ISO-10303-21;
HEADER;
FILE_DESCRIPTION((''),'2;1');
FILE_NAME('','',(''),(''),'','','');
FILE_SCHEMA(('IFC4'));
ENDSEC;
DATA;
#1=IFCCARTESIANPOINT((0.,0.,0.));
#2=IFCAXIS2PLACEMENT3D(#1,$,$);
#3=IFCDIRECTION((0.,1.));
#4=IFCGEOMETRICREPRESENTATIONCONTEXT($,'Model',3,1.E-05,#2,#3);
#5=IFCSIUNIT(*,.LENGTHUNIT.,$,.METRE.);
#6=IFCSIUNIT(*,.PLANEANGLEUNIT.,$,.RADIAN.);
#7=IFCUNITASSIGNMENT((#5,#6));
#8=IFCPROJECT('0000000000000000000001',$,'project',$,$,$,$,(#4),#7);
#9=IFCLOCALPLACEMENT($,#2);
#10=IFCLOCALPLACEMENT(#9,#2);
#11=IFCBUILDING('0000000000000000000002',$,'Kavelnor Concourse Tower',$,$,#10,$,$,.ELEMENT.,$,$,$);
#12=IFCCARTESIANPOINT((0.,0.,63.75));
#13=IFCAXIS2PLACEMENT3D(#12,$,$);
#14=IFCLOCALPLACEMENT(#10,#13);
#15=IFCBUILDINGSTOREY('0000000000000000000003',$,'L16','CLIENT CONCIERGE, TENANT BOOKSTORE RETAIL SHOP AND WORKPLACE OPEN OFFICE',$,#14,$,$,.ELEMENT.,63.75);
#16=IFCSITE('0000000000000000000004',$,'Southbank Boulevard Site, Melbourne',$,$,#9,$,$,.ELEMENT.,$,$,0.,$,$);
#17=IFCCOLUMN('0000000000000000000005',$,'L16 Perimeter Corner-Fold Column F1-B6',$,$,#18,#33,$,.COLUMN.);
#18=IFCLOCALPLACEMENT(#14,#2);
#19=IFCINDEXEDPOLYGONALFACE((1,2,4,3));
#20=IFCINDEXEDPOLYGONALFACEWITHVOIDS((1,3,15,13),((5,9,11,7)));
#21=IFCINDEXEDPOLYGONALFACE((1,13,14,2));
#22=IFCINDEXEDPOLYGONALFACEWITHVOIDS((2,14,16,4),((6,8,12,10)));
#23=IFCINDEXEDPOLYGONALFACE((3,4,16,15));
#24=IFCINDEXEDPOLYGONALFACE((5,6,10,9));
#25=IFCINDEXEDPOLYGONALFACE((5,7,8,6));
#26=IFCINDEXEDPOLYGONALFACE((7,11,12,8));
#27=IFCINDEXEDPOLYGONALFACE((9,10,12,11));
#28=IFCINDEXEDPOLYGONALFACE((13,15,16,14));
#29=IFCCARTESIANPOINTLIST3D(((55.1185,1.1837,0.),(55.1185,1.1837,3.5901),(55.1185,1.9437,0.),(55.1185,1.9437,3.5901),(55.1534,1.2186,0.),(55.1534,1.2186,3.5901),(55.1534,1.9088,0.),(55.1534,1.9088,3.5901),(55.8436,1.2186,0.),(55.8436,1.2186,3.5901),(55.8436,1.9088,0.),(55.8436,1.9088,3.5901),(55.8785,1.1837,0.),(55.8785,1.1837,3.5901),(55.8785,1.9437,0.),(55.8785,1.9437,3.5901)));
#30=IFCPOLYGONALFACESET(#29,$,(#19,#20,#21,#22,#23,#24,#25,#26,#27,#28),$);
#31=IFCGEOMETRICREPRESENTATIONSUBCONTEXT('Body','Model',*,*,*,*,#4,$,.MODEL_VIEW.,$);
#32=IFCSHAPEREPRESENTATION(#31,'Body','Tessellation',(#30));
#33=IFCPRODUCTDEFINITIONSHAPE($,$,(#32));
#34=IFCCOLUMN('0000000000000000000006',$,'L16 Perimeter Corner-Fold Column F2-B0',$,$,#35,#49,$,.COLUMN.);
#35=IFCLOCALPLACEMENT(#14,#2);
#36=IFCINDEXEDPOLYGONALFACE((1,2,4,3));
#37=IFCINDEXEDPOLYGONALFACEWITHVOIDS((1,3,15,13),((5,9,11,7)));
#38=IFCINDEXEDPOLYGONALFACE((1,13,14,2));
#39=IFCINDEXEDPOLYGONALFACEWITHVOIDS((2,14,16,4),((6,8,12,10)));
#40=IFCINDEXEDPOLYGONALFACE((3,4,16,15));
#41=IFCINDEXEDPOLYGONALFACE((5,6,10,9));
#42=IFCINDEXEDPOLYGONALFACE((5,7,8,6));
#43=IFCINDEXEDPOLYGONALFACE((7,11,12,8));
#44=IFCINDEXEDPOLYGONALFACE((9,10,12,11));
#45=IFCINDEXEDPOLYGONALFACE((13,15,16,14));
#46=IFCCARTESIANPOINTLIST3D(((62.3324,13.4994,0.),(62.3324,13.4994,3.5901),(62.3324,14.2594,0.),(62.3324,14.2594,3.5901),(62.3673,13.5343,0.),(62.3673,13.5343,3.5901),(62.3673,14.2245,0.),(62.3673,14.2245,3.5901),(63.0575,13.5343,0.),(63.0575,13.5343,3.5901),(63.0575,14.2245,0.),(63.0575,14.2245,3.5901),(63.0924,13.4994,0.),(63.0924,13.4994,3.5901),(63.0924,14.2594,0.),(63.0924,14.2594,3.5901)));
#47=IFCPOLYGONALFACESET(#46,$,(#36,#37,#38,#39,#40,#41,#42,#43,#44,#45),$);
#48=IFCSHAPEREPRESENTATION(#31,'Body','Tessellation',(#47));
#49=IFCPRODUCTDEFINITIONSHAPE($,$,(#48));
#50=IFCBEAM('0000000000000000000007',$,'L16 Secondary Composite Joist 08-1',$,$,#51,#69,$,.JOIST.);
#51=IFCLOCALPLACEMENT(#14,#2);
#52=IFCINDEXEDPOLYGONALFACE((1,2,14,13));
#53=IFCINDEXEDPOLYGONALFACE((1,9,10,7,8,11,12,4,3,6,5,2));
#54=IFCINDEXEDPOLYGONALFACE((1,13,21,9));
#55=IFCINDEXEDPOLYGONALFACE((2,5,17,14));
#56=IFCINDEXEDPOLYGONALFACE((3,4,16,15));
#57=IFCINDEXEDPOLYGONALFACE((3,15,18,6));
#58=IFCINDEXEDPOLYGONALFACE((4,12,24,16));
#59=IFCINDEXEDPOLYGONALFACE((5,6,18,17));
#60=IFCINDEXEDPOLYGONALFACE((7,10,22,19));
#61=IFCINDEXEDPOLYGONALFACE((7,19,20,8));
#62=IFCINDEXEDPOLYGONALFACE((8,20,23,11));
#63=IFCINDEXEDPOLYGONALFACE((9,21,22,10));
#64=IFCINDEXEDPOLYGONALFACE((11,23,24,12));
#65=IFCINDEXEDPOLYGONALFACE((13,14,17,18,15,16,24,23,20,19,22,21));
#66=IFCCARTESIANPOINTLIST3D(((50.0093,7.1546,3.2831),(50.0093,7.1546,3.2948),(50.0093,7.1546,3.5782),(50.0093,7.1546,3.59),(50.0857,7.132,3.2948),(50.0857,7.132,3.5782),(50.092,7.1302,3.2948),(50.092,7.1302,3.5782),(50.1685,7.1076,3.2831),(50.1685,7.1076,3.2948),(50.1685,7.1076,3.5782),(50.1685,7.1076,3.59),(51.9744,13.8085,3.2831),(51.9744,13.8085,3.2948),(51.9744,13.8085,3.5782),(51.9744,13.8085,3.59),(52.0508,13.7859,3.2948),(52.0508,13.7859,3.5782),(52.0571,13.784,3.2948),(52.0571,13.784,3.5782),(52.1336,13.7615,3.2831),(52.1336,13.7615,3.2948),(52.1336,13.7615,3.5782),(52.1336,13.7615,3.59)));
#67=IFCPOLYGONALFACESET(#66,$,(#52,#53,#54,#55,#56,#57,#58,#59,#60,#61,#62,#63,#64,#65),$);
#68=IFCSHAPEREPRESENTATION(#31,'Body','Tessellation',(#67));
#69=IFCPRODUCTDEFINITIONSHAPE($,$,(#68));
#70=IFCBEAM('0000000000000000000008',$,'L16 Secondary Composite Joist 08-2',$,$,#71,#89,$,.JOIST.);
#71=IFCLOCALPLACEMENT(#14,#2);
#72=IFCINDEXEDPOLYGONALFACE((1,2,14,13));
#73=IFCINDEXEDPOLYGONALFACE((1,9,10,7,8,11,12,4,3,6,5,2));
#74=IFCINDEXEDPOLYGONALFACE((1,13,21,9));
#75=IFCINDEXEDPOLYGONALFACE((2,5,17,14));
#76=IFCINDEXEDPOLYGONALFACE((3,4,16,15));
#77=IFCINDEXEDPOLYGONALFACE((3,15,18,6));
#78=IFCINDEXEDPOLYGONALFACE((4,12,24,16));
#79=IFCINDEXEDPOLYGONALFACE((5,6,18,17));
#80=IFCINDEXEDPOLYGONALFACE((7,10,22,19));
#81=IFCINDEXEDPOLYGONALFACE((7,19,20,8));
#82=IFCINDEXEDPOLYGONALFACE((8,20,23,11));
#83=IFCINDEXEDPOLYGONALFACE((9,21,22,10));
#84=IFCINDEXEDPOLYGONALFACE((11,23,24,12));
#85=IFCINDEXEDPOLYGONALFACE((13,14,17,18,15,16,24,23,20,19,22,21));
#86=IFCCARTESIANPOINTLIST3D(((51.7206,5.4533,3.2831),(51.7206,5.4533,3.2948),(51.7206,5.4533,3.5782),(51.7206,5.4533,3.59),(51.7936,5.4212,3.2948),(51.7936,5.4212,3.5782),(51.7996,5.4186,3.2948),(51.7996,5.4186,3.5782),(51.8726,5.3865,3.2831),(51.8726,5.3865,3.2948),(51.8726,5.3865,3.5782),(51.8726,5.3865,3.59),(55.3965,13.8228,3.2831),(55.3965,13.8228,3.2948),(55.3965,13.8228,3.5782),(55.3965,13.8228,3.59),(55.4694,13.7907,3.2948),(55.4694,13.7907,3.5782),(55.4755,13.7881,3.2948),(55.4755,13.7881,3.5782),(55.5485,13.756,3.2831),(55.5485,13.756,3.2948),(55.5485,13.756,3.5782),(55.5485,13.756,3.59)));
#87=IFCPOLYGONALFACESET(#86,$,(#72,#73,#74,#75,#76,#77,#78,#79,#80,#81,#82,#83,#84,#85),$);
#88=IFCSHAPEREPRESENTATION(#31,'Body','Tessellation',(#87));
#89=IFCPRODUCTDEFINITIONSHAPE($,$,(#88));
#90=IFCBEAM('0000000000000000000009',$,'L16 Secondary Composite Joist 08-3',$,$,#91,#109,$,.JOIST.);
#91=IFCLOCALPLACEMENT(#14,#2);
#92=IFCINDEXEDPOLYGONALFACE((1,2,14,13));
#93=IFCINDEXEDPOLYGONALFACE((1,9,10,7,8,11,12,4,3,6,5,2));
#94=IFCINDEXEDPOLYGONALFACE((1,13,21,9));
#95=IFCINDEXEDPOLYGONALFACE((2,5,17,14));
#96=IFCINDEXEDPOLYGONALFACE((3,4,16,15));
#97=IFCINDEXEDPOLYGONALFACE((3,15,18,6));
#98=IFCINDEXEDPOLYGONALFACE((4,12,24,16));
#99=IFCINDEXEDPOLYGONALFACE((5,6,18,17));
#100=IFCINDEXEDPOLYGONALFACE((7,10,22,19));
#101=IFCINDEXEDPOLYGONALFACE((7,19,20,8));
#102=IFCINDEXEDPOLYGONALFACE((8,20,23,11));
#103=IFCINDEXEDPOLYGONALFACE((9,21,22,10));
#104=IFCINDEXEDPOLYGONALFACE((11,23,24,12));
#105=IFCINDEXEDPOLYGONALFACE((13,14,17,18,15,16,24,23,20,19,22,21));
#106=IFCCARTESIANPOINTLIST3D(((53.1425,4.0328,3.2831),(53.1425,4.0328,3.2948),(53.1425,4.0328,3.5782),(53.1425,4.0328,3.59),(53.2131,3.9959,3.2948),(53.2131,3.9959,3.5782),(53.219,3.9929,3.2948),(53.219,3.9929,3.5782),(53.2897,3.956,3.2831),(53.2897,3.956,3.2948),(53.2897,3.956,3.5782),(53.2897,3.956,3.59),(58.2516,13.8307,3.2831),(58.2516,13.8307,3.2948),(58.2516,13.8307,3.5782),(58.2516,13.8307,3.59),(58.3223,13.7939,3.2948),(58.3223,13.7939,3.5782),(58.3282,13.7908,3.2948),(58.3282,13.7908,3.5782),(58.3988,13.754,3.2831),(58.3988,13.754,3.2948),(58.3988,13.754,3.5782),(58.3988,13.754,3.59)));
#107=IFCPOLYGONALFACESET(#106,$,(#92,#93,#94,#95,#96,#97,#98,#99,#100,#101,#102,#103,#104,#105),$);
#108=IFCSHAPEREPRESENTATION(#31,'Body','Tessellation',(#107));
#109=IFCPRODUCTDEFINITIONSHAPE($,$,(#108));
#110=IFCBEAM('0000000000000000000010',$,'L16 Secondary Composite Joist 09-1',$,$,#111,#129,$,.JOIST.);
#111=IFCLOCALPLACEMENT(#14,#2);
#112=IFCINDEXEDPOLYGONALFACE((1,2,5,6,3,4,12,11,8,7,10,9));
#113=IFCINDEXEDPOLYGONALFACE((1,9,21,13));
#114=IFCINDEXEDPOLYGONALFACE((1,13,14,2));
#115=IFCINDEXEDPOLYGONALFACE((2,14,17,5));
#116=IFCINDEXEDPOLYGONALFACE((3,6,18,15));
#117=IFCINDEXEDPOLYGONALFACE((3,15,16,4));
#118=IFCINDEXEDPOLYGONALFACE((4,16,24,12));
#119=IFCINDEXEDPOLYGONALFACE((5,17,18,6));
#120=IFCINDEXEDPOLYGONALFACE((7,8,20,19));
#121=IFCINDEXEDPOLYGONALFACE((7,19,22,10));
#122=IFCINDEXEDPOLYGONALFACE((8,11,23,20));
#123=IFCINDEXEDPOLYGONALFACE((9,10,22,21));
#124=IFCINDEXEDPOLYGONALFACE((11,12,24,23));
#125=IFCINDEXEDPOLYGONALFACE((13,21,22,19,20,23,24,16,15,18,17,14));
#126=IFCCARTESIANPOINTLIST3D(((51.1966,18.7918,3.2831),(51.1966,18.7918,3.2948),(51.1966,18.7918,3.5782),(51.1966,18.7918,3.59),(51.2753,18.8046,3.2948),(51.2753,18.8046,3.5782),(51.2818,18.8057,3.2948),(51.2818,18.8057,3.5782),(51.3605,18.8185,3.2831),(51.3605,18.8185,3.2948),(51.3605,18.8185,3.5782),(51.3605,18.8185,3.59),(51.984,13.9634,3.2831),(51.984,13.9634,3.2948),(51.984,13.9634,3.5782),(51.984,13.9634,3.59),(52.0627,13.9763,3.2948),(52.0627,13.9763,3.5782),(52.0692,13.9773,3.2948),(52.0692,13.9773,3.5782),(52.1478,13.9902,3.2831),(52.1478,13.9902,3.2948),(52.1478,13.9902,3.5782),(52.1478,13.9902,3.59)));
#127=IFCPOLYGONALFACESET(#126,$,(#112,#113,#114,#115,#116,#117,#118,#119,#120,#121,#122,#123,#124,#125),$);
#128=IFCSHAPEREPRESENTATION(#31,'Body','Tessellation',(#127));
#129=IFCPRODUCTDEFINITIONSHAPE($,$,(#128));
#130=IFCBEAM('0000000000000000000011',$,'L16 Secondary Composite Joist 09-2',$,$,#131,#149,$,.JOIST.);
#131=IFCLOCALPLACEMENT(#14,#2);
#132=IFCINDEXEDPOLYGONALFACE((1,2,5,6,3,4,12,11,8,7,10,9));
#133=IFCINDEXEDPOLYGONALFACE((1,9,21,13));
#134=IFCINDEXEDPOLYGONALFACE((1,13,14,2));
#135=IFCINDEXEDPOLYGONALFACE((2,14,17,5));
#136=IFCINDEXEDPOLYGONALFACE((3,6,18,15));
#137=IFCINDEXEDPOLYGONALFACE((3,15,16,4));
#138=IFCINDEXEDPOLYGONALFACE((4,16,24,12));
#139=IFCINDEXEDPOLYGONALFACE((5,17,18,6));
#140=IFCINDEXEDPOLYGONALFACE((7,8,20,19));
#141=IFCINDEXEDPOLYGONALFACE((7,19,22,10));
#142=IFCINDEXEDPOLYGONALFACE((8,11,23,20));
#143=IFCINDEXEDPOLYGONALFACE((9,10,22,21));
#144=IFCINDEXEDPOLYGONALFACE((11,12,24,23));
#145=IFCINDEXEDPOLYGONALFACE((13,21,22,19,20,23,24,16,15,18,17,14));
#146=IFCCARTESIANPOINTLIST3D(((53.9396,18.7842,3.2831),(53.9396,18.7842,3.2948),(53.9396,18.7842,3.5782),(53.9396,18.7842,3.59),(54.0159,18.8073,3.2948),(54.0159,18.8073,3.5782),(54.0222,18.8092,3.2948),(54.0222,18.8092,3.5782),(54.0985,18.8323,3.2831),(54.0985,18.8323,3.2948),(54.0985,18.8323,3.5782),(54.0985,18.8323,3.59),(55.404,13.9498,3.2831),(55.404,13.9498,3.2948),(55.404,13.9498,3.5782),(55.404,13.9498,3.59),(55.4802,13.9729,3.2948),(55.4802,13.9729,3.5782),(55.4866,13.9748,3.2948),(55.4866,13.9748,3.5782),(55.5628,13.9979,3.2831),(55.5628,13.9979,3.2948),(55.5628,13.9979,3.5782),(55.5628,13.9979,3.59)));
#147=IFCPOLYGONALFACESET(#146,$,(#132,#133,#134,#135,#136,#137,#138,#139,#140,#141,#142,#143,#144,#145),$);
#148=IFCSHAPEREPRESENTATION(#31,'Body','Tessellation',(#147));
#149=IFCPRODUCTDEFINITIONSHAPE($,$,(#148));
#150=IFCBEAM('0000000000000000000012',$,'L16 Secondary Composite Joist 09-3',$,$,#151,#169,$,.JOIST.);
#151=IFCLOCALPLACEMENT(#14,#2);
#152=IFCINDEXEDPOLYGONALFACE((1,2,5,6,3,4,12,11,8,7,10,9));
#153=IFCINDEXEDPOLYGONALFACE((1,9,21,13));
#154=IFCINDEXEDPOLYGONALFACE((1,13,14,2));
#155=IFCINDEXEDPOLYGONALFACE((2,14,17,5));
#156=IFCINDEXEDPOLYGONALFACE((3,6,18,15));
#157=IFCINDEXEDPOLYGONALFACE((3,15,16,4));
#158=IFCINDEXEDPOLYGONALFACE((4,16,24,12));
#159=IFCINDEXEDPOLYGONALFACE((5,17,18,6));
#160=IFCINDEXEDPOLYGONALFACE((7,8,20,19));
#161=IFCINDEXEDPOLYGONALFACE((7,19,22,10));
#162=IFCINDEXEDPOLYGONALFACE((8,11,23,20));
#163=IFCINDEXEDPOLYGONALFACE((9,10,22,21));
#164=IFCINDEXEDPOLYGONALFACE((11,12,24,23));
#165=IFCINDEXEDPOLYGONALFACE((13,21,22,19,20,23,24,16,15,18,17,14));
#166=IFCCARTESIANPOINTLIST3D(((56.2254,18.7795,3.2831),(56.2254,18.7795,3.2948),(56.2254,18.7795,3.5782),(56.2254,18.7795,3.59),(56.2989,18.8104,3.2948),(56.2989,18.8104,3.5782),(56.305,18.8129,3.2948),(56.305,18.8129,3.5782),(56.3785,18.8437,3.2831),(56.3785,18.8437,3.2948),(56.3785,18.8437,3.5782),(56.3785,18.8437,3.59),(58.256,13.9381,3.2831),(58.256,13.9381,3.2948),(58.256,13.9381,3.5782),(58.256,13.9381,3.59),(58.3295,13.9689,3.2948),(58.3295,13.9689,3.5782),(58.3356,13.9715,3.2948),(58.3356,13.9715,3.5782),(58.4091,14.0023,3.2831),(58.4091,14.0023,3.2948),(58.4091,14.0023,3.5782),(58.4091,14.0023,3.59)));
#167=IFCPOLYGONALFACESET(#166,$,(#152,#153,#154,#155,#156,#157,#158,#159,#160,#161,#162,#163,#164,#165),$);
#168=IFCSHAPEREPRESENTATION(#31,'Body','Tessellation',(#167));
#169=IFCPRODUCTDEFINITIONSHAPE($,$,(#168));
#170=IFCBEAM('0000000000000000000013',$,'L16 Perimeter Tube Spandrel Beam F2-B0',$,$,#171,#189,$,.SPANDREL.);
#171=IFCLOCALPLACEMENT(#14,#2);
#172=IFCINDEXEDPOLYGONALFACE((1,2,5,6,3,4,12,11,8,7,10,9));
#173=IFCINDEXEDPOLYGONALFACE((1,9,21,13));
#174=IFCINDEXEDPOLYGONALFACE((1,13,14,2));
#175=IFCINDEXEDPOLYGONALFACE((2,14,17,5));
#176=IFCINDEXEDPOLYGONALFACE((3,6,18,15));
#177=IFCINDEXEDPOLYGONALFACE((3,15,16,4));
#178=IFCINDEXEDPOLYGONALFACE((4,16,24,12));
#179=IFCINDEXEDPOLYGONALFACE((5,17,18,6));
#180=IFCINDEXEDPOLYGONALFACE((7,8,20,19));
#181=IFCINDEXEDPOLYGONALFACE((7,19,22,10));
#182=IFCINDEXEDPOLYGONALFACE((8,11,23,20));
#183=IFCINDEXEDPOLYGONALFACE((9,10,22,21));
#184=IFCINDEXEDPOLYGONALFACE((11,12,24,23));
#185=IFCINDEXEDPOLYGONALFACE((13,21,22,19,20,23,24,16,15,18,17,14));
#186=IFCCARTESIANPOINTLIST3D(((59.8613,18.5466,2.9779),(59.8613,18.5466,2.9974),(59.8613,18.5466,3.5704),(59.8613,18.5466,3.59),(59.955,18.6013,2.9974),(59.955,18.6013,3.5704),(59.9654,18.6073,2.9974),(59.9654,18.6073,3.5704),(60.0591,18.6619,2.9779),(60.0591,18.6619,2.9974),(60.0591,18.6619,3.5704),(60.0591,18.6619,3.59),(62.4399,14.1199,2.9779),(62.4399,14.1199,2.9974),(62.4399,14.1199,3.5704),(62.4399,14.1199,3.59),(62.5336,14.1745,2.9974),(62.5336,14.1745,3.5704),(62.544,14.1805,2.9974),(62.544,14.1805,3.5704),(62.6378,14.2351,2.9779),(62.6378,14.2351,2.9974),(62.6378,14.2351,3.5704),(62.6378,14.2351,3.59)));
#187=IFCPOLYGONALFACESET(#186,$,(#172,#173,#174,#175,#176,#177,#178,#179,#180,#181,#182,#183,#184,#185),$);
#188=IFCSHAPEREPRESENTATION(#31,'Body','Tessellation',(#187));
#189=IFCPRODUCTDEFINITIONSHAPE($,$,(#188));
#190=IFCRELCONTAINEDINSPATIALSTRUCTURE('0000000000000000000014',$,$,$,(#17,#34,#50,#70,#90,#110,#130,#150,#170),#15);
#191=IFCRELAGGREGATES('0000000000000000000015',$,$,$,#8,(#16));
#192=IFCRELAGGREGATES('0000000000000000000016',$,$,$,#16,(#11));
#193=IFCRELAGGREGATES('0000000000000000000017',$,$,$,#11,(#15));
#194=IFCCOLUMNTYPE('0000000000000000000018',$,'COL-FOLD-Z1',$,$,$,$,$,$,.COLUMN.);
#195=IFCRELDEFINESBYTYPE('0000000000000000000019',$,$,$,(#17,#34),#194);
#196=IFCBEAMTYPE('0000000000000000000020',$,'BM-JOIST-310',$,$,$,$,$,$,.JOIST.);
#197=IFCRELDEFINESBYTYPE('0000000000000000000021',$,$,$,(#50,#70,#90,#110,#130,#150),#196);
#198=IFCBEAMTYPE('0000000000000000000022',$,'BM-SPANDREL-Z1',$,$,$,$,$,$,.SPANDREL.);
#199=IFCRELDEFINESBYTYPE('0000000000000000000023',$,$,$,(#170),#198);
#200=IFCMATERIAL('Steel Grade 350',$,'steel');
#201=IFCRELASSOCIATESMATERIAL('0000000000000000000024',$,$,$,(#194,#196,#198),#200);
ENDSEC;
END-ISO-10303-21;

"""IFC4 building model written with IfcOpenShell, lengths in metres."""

from ifc_helpers import new_model, si_unit, direction, frame, origin, origin_2d, place, context, subcontext, project, spatial, hollow_rectangle, i_section, extrude, material, material_profile, profile_set, type_object, element, save


model = new_model("IFC4")

# Units and contexts
model_context = context("Model", 3, precision=1e-05, world=origin(), true_north=direction((0.0, 1.0)))
body_context = subcontext(model_context, "Body", "Model", "MODEL_VIEW")
ifc_project = project(units=[si_unit("LENGTHUNIT", "METRE"), si_unit("PLANEANGLEUNIT", "RADIAN")], contexts=[model_context])

# Site, building, storey
site_placement = place(None, origin())
site = spatial("IfcSite", under=ifc_project, at=site_placement, Name="Southbank Boulevard Site, Melbourne", CompositionType="ELEMENT", RefElevation=0.0)
building_placement = place(site_placement, origin())
building = spatial("IfcBuilding", under=site, at=building_placement, Name="Kavelnor Concourse Tower", CompositionType="ELEMENT")
storey_placement = place(building_placement, frame((0.0, 0.0, 63.75)))
storey = spatial("IfcBuildingStorey", under=building, at=storey_placement, Name="L16", Description="CLIENT CONCIERGE, TENANT BOOKSTORE RETAIL SHOP AND WORKPLACE OPEN OFFICE", CompositionType="ELEMENT", Elevation=63.75)

# Columns
ifc_material_1 = material(Name="Steel Grade 350", Category="steel")
ifc_material_profile_1 = material_profile(ifc_material_1, hollow_rectangle(XDim=0.76, YDim=0.76, WallThickness=0.0349, at=origin_2d()), Name="SHS 760x760x35")
ifc_profile_set_1 = profile_set([ifc_material_profile_1], Name="Steel Grade 350")
column_type = type_object("IfcColumnType", Name="COL-FOLD-Z1", PredefinedType="COLUMN", material=ifc_profile_set_1)
for number, where, z_axis, x_axis, name in (
    (1, (55.4985, 1.5637, 0.0), (0.0, 0.0, 1.0), (1.0, 0.0, 0.0), "L16 Perimeter Corner-Fold Column F1-B6"),
    (2, (62.7124, 13.8794, 0.0), (0.0, 0.0, 1.0), (1.0, 0.0, 0.0), "L16 Perimeter Corner-Fold Column F2-B0"),
):
    element("IfcColumn", number, at=place(storey_placement, frame(where, z_axis=z_axis, x_axis=x_axis)), inside=storey, type_object=column_type, Name=name, PredefinedType="COLUMN", context=body_context, shape_type="SweptSolid", body=[
        extrude(hollow_rectangle(XDim=0.76, YDim=0.76, WallThickness=0.0349, at=origin_2d()), origin(), (0.0, 0.0, 1.0), 3.5901),
    ])

# Beams
ifc_material_profile_2 = material_profile(ifc_material_1, i_section(OverallWidth=0.166, OverallDepth=0.3069, WebThickness=0.0066, FlangeThickness=0.0117, at=origin_2d()), Name="310UB46")
ifc_profile_set_2 = profile_set([ifc_material_profile_2], Name="Steel Grade 350")
beam_type_1 = type_object("IfcBeamType", Name="BM-JOIST-310", PredefinedType="JOIST", material=ifc_profile_set_2)
beam_1_placement = place(storey_placement, frame((50.0889, 7.1311, 3.4365), z_axis=(0.283239, 0.959049, 0.0), x_axis=(-0.959049, 0.283239, 0.0)))
element("IfcBeam", 3, at=beam_1_placement, inside=storey, type_object=beam_type_1, Name="L16 Secondary Composite Joist 08-1", PredefinedType="JOIST", context=body_context, shape_type="SweptSolid", body=[
    extrude(i_section(OverallWidth=0.166, OverallDepth=0.3069, WebThickness=0.0066, FlangeThickness=0.0117, at=origin_2d()), origin(), (0.0, 0.0, 1.0), 6.938),
])
beam_2_placement = place(storey_placement, frame((51.7966, 5.4199, 3.4365), z_axis=(0.40212, 0.915587, 0.0), x_axis=(-0.915587, 0.40212, 0.0)))
element("IfcBeam", 4, at=beam_2_placement, inside=storey, type_object=beam_type_1, Name="L16 Secondary Composite Joist 08-2", PredefinedType="JOIST", context=body_context, shape_type="SweptSolid", body=[
    extrude(i_section(OverallWidth=0.166, OverallDepth=0.3069, WebThickness=0.0066, FlangeThickness=0.0117, at=origin_2d()), origin(), (0.0, 0.0, 1.0), 9.1411),
])
beam_3_placement = place(storey_placement, frame((53.2161, 3.9944, 3.4365), z_axis=(0.462367, 0.886688, 0.0), x_axis=(-0.886688, 0.462367, 0.0)))
element("IfcBeam", 5, at=beam_3_placement, inside=storey, type_object=beam_type_1, Name="L16 Secondary Composite Joist 08-3", PredefinedType="JOIST", context=body_context, shape_type="SweptSolid", body=[
    extrude(i_section(OverallWidth=0.166, OverallDepth=0.3069, WebThickness=0.0066, FlangeThickness=0.0117, at=origin_2d()), origin(), (0.0, 0.0, 1.0), 11.05),
])
beam_4_placement = place(storey_placement, frame((52.0659, 13.9768, 3.4365), z_axis=(-0.160942, 0.986964, 0.0), x_axis=(-0.986964, -0.160942, 0.0)))
element("IfcBeam", 6, at=beam_4_placement, inside=storey, type_object=beam_type_1, Name="L16 Secondary Composite Joist 09-1", PredefinedType="JOIST", context=body_context, shape_type="SweptSolid", body=[
    extrude(i_section(OverallWidth=0.166, OverallDepth=0.3069, WebThickness=0.0066, FlangeThickness=0.0117, at=origin_2d()), origin(), (0.0, 0.0, 1.0), 4.8921),
])
beam_5_placement = place(storey_placement, frame((55.4834, 13.9739, 3.4365), z_axis=(-0.289905, 0.957055, 0.0), x_axis=(-0.957055, -0.289905, 0.0)))
element("IfcBeam", 7, at=beam_5_placement, inside=storey, type_object=beam_type_1, Name="L16 Secondary Composite Joist 09-2", PredefinedType="JOIST", context=body_context, shape_type="SweptSolid", body=[
    extrude(i_section(OverallWidth=0.166, OverallDepth=0.3069, WebThickness=0.0066, FlangeThickness=0.0117, at=origin_2d()), origin(), (0.0, 0.0, 1.0), 5.0513),
])
beam_6_placement = place(storey_placement, frame((58.3325, 13.9702, 3.4365), z_axis=(-0.386774, 0.922175, 0.0), x_axis=(-0.922175, -0.386774, 0.0)))
element("IfcBeam", 8, at=beam_6_placement, inside=storey, type_object=beam_type_1, Name="L16 Secondary Composite Joist 09-3", PredefinedType="JOIST", context=body_context, shape_type="SweptSolid", body=[
    extrude(i_section(OverallWidth=0.166, OverallDepth=0.3069, WebThickness=0.0066, FlangeThickness=0.0117, at=origin_2d()), origin(), (0.0, 0.0, 1.0), 5.25),
])
ifc_material_profile_3 = material_profile(ifc_material_1, i_section(OverallWidth=0.229, OverallDepth=0.6121, WebThickness=0.012, FlangeThickness=0.0195, at=origin_2d()), Name="610UB125")
ifc_profile_set_3 = profile_set([ifc_material_profile_3], Name="Steel Grade 350")
beam_type_2 = type_object("IfcBeamType", Name="BM-SPANDREL-Z1", PredefinedType="SPANDREL", material=ifc_profile_set_3)
beam_7_placement = place(storey_placement, frame((62.5388, 14.1775, 3.2839), z_axis=(-0.503338, 0.86409, 0.0), x_axis=(-0.86409, -0.503338, 0.0)))
element("IfcBeam", 9, at=beam_7_placement, inside=storey, type_object=beam_type_2, Name="L16 Perimeter Tube Spandrel Beam F2-B0", PredefinedType="SPANDREL", context=body_context, shape_type="SweptSolid", body=[
    extrude(i_section(OverallWidth=0.229, OverallDepth=0.6121, WebThickness=0.012, FlangeThickness=0.0195, at=origin_2d()), origin(), (0.0, 0.0, 1.0), 5.123),
])

save(model, "model.ifc")
